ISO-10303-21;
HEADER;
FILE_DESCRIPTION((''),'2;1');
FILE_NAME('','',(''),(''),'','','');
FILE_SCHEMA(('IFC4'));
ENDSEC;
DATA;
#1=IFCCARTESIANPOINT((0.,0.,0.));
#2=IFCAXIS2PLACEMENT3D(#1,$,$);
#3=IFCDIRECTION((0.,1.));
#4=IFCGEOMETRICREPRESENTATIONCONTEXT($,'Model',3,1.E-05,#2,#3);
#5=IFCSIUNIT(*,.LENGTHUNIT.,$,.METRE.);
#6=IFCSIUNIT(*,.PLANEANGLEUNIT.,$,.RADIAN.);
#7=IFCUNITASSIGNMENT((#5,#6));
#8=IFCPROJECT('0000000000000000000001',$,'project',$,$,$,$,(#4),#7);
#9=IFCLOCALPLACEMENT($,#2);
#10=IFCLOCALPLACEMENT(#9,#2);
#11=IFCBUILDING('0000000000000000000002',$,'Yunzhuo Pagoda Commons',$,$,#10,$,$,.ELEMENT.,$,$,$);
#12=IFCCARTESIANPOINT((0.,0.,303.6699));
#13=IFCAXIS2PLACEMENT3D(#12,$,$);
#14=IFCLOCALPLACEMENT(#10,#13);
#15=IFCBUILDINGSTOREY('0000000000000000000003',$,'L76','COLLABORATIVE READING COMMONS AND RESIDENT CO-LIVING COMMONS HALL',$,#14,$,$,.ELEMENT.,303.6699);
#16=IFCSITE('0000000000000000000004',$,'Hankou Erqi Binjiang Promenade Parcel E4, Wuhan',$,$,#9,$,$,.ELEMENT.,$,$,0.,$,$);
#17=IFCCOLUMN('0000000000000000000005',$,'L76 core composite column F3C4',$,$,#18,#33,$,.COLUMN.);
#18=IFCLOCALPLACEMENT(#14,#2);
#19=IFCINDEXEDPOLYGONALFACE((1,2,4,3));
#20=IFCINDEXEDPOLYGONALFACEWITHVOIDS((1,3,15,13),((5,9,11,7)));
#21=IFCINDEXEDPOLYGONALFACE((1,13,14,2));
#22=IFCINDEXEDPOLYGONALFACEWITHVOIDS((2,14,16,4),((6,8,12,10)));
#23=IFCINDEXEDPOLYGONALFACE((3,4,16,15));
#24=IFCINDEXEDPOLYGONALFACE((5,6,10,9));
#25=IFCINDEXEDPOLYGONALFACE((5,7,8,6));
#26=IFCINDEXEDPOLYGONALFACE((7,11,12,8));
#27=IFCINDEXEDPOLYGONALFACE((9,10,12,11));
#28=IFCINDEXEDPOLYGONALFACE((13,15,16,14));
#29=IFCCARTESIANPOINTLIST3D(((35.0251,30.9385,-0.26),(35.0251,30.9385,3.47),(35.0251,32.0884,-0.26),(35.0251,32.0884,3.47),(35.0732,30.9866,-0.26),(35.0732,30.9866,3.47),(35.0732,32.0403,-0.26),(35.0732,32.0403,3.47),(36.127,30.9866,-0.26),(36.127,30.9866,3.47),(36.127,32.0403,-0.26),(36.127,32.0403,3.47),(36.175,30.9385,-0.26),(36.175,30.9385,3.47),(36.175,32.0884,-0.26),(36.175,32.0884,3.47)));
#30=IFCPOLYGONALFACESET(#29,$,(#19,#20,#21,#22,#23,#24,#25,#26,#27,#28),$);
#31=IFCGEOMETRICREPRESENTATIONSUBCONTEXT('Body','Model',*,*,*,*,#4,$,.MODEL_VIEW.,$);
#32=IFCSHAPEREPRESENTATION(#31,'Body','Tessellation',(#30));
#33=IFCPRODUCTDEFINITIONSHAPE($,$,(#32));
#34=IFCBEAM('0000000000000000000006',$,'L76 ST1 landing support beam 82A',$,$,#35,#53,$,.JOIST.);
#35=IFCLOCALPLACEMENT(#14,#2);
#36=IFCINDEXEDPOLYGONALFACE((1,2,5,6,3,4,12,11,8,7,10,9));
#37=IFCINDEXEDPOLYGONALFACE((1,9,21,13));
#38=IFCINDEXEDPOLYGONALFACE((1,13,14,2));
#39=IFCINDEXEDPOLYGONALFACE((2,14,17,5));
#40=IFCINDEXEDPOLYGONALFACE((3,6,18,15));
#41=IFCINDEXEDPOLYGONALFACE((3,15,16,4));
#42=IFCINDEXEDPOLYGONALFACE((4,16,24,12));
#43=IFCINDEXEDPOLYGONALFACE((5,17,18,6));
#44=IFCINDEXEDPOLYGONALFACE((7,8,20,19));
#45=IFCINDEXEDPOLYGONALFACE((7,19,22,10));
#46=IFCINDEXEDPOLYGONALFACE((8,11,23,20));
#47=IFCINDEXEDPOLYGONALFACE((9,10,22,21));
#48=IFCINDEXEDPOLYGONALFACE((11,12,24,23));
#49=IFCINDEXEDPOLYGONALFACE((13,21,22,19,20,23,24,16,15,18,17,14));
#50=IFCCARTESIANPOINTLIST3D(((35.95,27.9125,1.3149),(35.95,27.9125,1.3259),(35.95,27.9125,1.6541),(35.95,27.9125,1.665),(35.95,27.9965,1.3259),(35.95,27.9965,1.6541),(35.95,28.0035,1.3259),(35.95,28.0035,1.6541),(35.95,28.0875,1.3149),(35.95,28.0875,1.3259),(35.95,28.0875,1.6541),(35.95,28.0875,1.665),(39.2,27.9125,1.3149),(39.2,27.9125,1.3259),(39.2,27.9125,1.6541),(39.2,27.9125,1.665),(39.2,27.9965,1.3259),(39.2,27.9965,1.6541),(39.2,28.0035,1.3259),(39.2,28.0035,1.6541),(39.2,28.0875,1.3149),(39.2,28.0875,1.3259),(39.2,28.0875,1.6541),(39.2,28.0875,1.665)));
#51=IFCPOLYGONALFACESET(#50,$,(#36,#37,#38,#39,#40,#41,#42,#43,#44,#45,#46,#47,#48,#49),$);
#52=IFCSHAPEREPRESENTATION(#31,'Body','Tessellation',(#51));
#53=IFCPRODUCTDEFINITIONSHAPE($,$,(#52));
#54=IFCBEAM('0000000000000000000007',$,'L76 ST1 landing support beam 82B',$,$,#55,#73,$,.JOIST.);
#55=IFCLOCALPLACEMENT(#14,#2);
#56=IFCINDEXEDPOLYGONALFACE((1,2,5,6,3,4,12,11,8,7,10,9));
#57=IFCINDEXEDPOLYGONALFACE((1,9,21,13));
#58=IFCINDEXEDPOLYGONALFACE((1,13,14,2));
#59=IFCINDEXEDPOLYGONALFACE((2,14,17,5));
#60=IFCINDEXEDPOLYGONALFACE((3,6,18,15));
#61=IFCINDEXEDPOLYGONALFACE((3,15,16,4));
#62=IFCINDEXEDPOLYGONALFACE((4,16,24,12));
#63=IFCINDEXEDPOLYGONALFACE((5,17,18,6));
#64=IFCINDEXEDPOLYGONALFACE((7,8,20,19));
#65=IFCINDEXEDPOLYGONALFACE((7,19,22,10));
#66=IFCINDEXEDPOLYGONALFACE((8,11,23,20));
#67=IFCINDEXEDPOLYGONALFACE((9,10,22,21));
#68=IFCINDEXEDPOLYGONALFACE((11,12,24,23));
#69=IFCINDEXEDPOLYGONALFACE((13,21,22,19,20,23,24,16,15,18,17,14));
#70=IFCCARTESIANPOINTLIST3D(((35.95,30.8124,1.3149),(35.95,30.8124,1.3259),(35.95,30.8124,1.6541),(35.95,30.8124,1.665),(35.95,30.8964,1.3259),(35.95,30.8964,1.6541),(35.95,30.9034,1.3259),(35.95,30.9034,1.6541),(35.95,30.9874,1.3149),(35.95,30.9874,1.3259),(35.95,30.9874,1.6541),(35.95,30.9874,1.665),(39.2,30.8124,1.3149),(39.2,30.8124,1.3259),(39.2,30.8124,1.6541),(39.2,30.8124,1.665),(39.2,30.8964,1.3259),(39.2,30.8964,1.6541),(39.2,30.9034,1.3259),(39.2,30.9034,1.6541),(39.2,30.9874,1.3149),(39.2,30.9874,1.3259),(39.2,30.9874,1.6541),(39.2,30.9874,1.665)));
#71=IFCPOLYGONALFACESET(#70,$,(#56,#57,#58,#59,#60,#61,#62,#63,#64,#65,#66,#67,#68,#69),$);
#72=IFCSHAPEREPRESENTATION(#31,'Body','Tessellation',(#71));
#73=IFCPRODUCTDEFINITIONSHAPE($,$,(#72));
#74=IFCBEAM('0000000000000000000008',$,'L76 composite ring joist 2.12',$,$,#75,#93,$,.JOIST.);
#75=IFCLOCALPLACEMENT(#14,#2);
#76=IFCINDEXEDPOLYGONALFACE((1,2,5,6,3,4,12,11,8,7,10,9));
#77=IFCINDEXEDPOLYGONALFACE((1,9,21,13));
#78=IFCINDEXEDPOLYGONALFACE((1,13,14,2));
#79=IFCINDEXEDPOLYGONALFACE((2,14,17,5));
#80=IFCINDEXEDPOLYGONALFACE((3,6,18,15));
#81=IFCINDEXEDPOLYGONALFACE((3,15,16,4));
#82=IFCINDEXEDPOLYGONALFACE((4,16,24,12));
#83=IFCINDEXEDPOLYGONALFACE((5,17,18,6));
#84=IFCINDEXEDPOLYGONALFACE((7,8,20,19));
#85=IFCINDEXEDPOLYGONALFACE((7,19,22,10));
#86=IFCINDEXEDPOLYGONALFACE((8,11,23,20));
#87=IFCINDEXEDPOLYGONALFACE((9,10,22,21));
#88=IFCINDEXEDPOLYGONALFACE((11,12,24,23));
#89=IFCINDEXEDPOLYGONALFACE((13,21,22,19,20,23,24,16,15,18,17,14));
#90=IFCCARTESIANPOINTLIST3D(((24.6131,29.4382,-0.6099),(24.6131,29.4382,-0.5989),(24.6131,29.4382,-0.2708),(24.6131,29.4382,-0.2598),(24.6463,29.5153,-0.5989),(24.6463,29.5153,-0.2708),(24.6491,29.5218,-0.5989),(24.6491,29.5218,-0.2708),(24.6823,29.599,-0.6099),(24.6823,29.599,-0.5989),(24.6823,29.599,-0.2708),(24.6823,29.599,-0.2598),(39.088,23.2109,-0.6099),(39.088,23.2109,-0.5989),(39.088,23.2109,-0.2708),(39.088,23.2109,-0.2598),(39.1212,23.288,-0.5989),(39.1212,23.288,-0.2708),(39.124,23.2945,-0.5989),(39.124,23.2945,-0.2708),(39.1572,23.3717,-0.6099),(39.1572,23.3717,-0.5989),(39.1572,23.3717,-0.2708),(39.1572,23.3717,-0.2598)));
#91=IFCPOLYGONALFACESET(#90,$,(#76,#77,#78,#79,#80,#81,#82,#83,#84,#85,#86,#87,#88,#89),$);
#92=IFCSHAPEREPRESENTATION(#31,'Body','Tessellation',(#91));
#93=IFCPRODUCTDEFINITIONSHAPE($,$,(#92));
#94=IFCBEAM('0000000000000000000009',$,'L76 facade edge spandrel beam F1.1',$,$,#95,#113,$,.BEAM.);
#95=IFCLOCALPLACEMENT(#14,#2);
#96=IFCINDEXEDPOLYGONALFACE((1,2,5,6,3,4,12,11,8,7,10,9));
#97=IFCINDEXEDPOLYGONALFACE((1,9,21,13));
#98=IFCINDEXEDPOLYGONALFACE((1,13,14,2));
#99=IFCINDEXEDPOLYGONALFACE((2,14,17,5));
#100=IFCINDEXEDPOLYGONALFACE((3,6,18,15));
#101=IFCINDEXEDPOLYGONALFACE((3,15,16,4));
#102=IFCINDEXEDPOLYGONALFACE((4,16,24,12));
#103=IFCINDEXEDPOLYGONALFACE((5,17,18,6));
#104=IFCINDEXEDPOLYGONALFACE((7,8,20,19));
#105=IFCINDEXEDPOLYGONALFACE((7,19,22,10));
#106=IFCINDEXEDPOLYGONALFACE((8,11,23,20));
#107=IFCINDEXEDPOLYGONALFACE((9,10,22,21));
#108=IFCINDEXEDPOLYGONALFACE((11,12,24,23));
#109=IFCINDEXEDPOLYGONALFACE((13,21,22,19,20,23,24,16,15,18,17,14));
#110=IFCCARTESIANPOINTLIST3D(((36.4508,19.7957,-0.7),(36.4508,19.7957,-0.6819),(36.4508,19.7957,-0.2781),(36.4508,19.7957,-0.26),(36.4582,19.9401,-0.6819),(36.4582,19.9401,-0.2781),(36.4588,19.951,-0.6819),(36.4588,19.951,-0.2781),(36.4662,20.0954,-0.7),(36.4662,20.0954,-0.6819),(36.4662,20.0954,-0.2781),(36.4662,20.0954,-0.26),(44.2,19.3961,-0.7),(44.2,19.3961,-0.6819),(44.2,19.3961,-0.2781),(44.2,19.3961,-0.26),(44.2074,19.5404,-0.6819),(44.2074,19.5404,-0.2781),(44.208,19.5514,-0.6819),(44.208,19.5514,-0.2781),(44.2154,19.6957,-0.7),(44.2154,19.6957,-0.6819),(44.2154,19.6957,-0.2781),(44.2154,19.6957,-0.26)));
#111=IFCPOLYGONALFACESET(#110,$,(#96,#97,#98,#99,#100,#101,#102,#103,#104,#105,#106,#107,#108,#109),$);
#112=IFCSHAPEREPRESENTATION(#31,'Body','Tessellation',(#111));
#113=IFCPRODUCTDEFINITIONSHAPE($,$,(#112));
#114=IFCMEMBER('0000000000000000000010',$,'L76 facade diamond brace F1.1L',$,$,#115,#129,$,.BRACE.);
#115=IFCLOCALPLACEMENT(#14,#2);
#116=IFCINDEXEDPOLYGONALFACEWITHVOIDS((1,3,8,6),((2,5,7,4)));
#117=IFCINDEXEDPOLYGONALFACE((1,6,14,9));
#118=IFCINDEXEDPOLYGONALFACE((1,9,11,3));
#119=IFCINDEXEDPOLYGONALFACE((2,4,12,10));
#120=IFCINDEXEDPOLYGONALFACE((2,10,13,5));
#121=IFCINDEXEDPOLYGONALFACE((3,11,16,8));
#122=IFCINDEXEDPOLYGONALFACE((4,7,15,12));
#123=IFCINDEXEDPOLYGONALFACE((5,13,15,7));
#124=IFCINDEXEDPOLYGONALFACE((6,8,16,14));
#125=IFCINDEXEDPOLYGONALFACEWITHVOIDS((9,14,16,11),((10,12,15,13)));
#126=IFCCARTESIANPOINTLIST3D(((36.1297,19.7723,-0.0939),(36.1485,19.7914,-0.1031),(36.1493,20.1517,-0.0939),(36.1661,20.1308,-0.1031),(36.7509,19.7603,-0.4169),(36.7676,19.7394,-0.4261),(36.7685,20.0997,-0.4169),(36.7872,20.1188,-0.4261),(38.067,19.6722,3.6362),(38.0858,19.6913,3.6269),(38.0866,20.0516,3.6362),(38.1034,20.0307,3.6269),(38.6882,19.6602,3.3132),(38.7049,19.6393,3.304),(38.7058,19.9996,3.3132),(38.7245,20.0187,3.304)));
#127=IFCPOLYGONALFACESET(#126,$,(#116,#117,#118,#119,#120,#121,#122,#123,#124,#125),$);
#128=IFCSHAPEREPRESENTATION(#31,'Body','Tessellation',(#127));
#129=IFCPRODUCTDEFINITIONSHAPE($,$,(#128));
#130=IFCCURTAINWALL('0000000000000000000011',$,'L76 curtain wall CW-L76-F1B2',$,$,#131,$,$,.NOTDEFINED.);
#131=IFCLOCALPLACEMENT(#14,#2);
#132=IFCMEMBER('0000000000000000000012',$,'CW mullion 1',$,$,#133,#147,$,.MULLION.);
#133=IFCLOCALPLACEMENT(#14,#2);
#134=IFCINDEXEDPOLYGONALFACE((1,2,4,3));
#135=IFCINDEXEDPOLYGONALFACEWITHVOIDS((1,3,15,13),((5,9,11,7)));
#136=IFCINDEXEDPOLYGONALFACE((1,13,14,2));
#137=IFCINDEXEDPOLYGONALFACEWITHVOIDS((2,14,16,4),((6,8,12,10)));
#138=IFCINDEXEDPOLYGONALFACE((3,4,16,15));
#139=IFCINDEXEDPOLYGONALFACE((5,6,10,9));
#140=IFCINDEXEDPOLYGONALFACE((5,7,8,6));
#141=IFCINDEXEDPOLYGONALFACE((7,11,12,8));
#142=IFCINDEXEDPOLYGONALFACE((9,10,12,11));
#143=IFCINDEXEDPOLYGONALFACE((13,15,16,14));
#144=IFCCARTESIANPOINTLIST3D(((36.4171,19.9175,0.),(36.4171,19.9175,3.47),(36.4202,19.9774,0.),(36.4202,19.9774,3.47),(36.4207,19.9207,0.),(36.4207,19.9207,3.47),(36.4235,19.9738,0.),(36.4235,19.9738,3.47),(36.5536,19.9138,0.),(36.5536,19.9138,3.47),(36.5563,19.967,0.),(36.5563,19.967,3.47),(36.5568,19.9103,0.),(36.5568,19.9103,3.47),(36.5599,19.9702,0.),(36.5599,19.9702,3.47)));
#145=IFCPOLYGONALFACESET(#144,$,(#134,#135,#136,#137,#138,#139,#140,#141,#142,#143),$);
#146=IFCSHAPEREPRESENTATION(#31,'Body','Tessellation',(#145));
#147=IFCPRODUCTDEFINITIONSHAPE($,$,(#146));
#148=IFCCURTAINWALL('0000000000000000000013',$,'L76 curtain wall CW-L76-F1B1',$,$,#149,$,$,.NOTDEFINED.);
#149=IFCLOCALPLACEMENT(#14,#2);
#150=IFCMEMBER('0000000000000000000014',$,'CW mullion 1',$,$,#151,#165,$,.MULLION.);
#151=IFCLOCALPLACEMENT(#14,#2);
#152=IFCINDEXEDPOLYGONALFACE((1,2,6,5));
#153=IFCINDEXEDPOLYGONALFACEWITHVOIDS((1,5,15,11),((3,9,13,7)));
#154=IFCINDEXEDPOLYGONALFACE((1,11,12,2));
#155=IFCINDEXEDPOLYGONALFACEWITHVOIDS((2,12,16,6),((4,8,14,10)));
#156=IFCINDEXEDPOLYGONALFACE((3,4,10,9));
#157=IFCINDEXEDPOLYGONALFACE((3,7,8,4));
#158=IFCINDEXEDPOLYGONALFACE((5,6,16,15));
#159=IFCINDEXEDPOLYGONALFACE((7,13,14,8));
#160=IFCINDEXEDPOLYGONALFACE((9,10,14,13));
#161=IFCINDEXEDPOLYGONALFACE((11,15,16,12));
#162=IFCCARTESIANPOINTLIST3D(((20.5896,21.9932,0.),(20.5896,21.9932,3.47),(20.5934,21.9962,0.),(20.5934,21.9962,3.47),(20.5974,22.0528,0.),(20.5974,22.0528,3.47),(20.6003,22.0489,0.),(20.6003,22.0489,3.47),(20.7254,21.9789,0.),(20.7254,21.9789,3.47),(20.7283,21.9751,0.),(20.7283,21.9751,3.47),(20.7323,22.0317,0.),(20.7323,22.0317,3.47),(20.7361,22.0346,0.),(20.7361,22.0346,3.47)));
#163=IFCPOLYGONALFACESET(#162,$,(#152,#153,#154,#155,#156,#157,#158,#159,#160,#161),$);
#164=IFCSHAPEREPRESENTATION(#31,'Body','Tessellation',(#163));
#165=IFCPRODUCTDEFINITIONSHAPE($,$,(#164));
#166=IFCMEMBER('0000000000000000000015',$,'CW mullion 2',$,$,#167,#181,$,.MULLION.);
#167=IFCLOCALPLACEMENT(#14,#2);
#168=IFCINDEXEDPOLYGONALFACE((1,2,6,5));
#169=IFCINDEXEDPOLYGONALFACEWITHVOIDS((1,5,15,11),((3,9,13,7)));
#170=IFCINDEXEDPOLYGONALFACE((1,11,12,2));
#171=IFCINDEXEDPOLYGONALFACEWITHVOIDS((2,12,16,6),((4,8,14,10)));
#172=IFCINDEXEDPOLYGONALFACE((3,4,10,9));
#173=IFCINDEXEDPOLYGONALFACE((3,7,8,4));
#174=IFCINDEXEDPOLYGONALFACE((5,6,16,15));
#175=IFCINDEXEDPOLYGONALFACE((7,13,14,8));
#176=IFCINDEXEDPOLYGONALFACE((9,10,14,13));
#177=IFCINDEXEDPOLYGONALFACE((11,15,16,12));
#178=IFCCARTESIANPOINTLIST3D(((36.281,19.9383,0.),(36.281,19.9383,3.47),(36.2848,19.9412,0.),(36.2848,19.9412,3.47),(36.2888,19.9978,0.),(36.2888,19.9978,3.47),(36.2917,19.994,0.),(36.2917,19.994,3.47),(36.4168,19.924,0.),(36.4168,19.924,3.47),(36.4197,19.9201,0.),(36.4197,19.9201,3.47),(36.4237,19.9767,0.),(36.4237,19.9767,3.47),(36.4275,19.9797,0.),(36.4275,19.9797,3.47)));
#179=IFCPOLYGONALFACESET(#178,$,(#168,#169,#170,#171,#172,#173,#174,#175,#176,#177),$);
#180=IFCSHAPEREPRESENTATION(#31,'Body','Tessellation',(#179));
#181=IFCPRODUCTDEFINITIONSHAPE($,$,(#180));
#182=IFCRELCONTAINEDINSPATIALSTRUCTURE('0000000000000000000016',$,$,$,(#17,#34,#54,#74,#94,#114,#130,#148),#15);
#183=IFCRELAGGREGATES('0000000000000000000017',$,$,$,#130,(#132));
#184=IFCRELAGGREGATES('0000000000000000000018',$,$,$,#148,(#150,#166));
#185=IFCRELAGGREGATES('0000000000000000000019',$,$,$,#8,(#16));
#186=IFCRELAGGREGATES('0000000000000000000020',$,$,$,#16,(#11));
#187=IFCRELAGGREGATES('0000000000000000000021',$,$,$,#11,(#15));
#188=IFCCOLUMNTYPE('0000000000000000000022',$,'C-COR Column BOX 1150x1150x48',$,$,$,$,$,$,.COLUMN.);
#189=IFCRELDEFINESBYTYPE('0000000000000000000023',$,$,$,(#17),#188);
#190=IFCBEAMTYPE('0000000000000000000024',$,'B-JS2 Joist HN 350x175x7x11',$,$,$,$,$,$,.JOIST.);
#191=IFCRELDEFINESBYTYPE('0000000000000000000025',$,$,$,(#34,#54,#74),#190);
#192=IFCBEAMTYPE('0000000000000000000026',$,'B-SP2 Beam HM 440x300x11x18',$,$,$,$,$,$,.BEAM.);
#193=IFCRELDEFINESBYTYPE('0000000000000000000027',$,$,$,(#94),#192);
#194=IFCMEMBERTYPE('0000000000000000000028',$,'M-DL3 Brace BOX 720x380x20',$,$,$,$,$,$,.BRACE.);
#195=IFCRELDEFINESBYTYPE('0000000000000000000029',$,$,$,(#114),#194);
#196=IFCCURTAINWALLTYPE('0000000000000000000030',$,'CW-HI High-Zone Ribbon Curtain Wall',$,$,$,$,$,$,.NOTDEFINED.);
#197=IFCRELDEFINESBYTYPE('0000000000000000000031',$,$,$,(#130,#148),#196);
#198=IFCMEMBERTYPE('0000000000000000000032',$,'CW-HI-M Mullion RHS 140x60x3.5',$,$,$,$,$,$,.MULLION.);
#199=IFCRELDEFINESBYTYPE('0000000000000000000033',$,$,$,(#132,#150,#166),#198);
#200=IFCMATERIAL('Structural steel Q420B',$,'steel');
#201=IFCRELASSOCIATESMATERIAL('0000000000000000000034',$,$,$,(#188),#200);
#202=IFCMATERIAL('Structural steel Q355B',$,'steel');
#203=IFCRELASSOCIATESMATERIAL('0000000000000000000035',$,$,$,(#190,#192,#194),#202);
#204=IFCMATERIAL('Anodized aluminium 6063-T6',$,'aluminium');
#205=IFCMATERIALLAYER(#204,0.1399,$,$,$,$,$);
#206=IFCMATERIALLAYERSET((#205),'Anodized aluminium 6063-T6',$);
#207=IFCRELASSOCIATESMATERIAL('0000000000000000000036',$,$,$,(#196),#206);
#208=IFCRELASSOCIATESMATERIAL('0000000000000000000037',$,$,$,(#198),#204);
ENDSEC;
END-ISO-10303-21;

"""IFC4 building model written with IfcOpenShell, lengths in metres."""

from ifc_helpers import new_model, si_unit, direction, frame, origin, origin_2d, place, context, subcontext, project, spatial, hollow_rectangle, i_section, extrude, source, transform, mapped, material, layer, layer_set, material_profile, profile_set, type_object, element, aggregate, save


model = new_model("IFC4")

# Units and contexts
model_context = context("Model", 3, precision=1e-05, world=origin(), true_north=direction((0.0, 1.0)))
body_context = subcontext(model_context, "Body", "Model", "MODEL_VIEW")
ifc_project = project(units=[si_unit("LENGTHUNIT", "METRE"), si_unit("PLANEANGLEUNIT", "RADIAN")], contexts=[model_context])

# Site, building, storey
site_placement = place(None, origin())
site = spatial("IfcSite", under=ifc_project, at=site_placement, Name="Hankou Erqi Binjiang Promenade Parcel E4, Wuhan", CompositionType="ELEMENT", RefElevation=0.0)
building_placement = place(site_placement, origin())
building = spatial("IfcBuilding", under=site, at=building_placement, Name="Yunzhuo Pagoda Commons", CompositionType="ELEMENT")
storey_placement = place(building_placement, frame((0.0, 0.0, 303.6699)))
storey = spatial("IfcBuildingStorey", under=building, at=storey_placement, Name="L76", Description="COLLABORATIVE READING COMMONS AND RESIDENT CO-LIVING COMMONS HALL", CompositionType="ELEMENT", Elevation=303.6699)

# Column
ifc_material_1 = material(Name="Structural steel Q420B", Category="steel")
ifc_material_profile_1 = material_profile(ifc_material_1, hollow_rectangle(XDim=1.1499, YDim=1.1499, WallThickness=0.0481, at=origin_2d()), Name="Structural steel Q420B")
ifc_profile_set_1 = profile_set([ifc_material_profile_1], Name="Structural steel Q420B")
column_type = type_object("IfcColumnType", Name="C-COR Column BOX 1150x1150x48", PredefinedType="COLUMN", material=ifc_profile_set_1)
shared_shape_1 = source(origin(), body_context, "Body", "SweptSolid", [
    extrude(hollow_rectangle(XDim=1.1499, YDim=1.1499, WallThickness=0.0481, at=origin_2d()), origin(), (0.0, 0.0, 1.0), 3.73),
])
column_placement = place(storey_placement, frame((35.6001, 31.5134, -0.26), z_axis=(0.0, 0.0, 1.0), x_axis=(1.0, 0.0, 0.0)))
element("IfcColumn", 1, at=column_placement, inside=storey, type_object=column_type, Name="L76 core composite column F3C4", PredefinedType="COLUMN", context=body_context, shape_type="MappedRepresentation", body=[
    mapped(shared_shape_1, transform((0.0, 0.0, 0.0), scale=1.0)),
])

# Beams
ifc_material_2 = material(Name="Structural steel Q355B", Category="steel")
ifc_material_profile_2 = material_profile(ifc_material_2, i_section(OverallWidth=0.175, OverallDepth=0.3501, WebThickness=0.0071, FlangeThickness=0.011, at=origin_2d()), Name="Structural steel Q355B")
ifc_profile_set_2 = profile_set([ifc_material_profile_2], Name="Structural steel Q355B")
beam_type_1 = type_object("IfcBeamType", Name="B-JS2 Joist HN 350x175x7x11", PredefinedType="JOIST", material=ifc_profile_set_2)
shared_shape_2 = source(origin(), body_context, "Body", "SweptSolid", [
    extrude(i_section(OverallWidth=0.175, OverallDepth=0.3501, WebThickness=0.0071, FlangeThickness=0.011, at=origin_2d()), origin(), (0.0, 0.0, 1.0), 3.25),
])
for number, where, z_axis, x_axis, name in (
    (2, (35.95, 28.0, 1.49), (1.0, 0.0, 0.0), (0.0, 1.0, 0.0), "L76 ST1 landing support beam 82A"),
    (3, (35.95, 30.8999, 1.49), (1.0, 0.0, 0.0), (0.0, 1.0, 0.0), "L76 ST1 landing support beam 82B"),
):
    element("IfcBeam", number, at=place(storey_placement, frame(where, z_axis=z_axis, x_axis=x_axis)), inside=storey, type_object=beam_type_1, Name=name, PredefinedType="JOIST", context=body_context, shape_type="MappedRepresentation", body=[
        mapped(shared_shape_2, transform((0.0, 0.0, 0.0), scale=1.0)),
    ])
shared_shape_3 = source(origin(), body_context, "Body", "SweptSolid", [
    extrude(i_section(OverallWidth=0.175, OverallDepth=0.3501, WebThickness=0.0071, FlangeThickness=0.011, at=origin_2d()), origin(), (0.0, 0.0, 1.0), 15.7576),
])
beam_1_placement = place(storey_placement, frame((24.6477, 29.5186, -0.4348), z_axis=(0.918598, -0.395194, 0.0), x_axis=(0.395194, 0.918598, 0.0)))
element("IfcBeam", 4, at=beam_1_placement, inside=storey, type_object=beam_type_1, Name="L76 composite ring joist 2.12", PredefinedType="JOIST", context=body_context, shape_type="MappedRepresentation", body=[
    mapped(shared_shape_3, transform((0.0, 0.0, 0.0), scale=1.0)),
])
ifc_material_profile_3 = material_profile(ifc_material_2, i_section(OverallWidth=0.3, OverallDepth=0.4399, WebThickness=0.011, FlangeThickness=0.0181, at=origin_2d()), Name="Structural steel Q355B")
ifc_profile_set_3 = profile_set([ifc_material_profile_3], Name="Structural steel Q355B")
beam_type_2 = type_object("IfcBeamType", Name="B-SP2 Beam HM 440x300x11x18", PredefinedType="BEAM", material=ifc_profile_set_3)
shared_shape_4 = source(origin(), body_context, "Body", "SweptSolid", [
    extrude(i_section(OverallWidth=0.3, OverallDepth=0.4399, WebThickness=0.011, FlangeThickness=0.0181, at=origin_2d()), origin(), (0.0, 0.0, 1.0), 7.7595),
])
beam_2_placement = place(storey_placement, frame((36.4585, 19.9456, -0.48), z_axis=(0.998673, -0.051505, 0.0), x_axis=(0.051505, 0.998673, 0.0)))
element("IfcBeam", 5, at=beam_2_placement, inside=storey, type_object=beam_type_2, Name="L76 facade edge spandrel beam F1.1", PredefinedType="BEAM", context=body_context, shape_type="MappedRepresentation", body=[
    mapped(shared_shape_4, transform((0.0, 0.0, 0.0), scale=1.0)),
])

# Member
ifc_material_profile_4 = material_profile(ifc_material_2, hollow_rectangle(XDim=0.3799, YDim=0.72, WallThickness=0.02, at=origin_2d()), Name="Structural steel Q355B")
ifc_profile_set_4 = profile_set([ifc_material_profile_4], Name="Structural steel Q355B")
member_type_1 = type_object("IfcMemberType", Name="M-DL3 Brace BOX 720x380x20", PredefinedType="BRACE", material=ifc_profile_set_4)
shared_shape_5 = source(origin(), body_context, "Body", "SweptSolid", [
    extrude(hollow_rectangle(XDim=0.3799, YDim=0.72, WallThickness=0.02, at=origin_2d()), origin(), (0.0, 0.0, 1.0), 4.2043),
])
member_1_placement = place(storey_placement, frame((36.4585, 19.9456, -0.26), z_axis=(0.460785, -0.023809, 0.887192), x_axis=(0.051601, 0.998668, 0.0)))
element("IfcMember", 6, at=member_1_placement, inside=storey, type_object=member_type_1, Name="L76 facade diamond brace F1.1L", PredefinedType="BRACE", context=body_context, shape_type="MappedRepresentation", body=[
    mapped(shared_shape_5, transform((0.0, 0.0, 0.0), scale=1.0)),
])

# Curtain wall, member
ifc_material_3 = material(Name="Anodized aluminium 6063-T6", Category="aluminium")
ifc_layer_1 = layer(ifc_material_3, 0.1399)
ifc_layer_set_1 = layer_set([ifc_layer_1], Name="Anodized aluminium 6063-T6")
curtain_wall_type = type_object("IfcCurtainWallType", Name="CW-HI High-Zone Ribbon Curtain Wall", PredefinedType="NOTDEFINED", material=ifc_layer_set_1)
curtain_wall_1_placement = place(storey_placement, origin())
curtain_wall_1 = element("IfcCurtainWall", 7, at=curtain_wall_1_placement, inside=storey, type_object=curtain_wall_type, Name="L76 curtain wall CW-L76-F1B2", PredefinedType="NOTDEFINED")
ifc_material_profile_5 = material_profile(ifc_material_3, hollow_rectangle(XDim=0.0601, YDim=0.1399, WallThickness=0.0034, at=origin_2d()), Name="Anodized aluminium 6063-T6")
ifc_profile_set_5 = profile_set([ifc_material_profile_5], Name="Anodized aluminium 6063-T6")
member_type_2 = type_object("IfcMemberType", Name="CW-HI-M Mullion RHS 140x60x3.5", PredefinedType="MULLION", material=ifc_profile_set_5)
shared_shape_6 = source(origin(), body_context, "Body", "SweptSolid", [
    extrude(hollow_rectangle(XDim=0.0601, YDim=0.1399, WallThickness=0.0034, at=origin_2d()), origin(), (0.0, 0.0, 1.0), 3.47),
])
member_2_placement = place(storey_placement, frame((36.4885, 19.9438, 0.0), z_axis=(0.0, 0.0, 1.0), x_axis=(0.051462, 0.998675, 0.0)))
member_2 = element("IfcMember", 8, at=member_2_placement, type_object=member_type_2, Name="CW mullion 1", PredefinedType="MULLION", context=body_context, shape_type="MappedRepresentation", body=[
    mapped(shared_shape_6, transform((0.0, 0.0, 0.0), scale=1.0)),
])

# Curtain wall, members
curtain_wall_2_placement = place(storey_placement, origin())
curtain_wall_2 = element("IfcCurtainWall", 9, at=curtain_wall_2_placement, inside=storey, type_object=curtain_wall_type, Name="L76 curtain wall CW-L76-F1B1", PredefinedType="NOTDEFINED")
member_3_placement = place(storey_placement, frame((20.6628, 22.0139, 0.0), z_axis=(0.0, 0.0, 1.0), x_axis=(0.129855, 0.991533, 0.0)))
member_3 = element("IfcMember", 10, at=member_3_placement, type_object=member_type_2, Name="CW mullion 1", PredefinedType="MULLION", context=body_context, shape_type="MappedRepresentation", body=[
    mapped(shared_shape_6, transform((0.0, 0.0, 0.0), scale=1.0)),
])
member_4_placement = place(storey_placement, frame((36.3542, 19.959, 0.0), z_axis=(0.0, 0.0, 1.0), x_axis=(0.129855, 0.991533, 0.0)))
member_4 = element("IfcMember", 11, at=member_4_placement, type_object=member_type_2, Name="CW mullion 2", PredefinedType="MULLION", context=body_context, shape_type="MappedRepresentation", body=[
    mapped(shared_shape_6, transform((0.0, 0.0, 0.0), scale=1.0)),
])

aggregate(curtain_wall_1, [member_2])

aggregate(curtain_wall_2, [member_3, member_4])

save(model, "model.ifc")
